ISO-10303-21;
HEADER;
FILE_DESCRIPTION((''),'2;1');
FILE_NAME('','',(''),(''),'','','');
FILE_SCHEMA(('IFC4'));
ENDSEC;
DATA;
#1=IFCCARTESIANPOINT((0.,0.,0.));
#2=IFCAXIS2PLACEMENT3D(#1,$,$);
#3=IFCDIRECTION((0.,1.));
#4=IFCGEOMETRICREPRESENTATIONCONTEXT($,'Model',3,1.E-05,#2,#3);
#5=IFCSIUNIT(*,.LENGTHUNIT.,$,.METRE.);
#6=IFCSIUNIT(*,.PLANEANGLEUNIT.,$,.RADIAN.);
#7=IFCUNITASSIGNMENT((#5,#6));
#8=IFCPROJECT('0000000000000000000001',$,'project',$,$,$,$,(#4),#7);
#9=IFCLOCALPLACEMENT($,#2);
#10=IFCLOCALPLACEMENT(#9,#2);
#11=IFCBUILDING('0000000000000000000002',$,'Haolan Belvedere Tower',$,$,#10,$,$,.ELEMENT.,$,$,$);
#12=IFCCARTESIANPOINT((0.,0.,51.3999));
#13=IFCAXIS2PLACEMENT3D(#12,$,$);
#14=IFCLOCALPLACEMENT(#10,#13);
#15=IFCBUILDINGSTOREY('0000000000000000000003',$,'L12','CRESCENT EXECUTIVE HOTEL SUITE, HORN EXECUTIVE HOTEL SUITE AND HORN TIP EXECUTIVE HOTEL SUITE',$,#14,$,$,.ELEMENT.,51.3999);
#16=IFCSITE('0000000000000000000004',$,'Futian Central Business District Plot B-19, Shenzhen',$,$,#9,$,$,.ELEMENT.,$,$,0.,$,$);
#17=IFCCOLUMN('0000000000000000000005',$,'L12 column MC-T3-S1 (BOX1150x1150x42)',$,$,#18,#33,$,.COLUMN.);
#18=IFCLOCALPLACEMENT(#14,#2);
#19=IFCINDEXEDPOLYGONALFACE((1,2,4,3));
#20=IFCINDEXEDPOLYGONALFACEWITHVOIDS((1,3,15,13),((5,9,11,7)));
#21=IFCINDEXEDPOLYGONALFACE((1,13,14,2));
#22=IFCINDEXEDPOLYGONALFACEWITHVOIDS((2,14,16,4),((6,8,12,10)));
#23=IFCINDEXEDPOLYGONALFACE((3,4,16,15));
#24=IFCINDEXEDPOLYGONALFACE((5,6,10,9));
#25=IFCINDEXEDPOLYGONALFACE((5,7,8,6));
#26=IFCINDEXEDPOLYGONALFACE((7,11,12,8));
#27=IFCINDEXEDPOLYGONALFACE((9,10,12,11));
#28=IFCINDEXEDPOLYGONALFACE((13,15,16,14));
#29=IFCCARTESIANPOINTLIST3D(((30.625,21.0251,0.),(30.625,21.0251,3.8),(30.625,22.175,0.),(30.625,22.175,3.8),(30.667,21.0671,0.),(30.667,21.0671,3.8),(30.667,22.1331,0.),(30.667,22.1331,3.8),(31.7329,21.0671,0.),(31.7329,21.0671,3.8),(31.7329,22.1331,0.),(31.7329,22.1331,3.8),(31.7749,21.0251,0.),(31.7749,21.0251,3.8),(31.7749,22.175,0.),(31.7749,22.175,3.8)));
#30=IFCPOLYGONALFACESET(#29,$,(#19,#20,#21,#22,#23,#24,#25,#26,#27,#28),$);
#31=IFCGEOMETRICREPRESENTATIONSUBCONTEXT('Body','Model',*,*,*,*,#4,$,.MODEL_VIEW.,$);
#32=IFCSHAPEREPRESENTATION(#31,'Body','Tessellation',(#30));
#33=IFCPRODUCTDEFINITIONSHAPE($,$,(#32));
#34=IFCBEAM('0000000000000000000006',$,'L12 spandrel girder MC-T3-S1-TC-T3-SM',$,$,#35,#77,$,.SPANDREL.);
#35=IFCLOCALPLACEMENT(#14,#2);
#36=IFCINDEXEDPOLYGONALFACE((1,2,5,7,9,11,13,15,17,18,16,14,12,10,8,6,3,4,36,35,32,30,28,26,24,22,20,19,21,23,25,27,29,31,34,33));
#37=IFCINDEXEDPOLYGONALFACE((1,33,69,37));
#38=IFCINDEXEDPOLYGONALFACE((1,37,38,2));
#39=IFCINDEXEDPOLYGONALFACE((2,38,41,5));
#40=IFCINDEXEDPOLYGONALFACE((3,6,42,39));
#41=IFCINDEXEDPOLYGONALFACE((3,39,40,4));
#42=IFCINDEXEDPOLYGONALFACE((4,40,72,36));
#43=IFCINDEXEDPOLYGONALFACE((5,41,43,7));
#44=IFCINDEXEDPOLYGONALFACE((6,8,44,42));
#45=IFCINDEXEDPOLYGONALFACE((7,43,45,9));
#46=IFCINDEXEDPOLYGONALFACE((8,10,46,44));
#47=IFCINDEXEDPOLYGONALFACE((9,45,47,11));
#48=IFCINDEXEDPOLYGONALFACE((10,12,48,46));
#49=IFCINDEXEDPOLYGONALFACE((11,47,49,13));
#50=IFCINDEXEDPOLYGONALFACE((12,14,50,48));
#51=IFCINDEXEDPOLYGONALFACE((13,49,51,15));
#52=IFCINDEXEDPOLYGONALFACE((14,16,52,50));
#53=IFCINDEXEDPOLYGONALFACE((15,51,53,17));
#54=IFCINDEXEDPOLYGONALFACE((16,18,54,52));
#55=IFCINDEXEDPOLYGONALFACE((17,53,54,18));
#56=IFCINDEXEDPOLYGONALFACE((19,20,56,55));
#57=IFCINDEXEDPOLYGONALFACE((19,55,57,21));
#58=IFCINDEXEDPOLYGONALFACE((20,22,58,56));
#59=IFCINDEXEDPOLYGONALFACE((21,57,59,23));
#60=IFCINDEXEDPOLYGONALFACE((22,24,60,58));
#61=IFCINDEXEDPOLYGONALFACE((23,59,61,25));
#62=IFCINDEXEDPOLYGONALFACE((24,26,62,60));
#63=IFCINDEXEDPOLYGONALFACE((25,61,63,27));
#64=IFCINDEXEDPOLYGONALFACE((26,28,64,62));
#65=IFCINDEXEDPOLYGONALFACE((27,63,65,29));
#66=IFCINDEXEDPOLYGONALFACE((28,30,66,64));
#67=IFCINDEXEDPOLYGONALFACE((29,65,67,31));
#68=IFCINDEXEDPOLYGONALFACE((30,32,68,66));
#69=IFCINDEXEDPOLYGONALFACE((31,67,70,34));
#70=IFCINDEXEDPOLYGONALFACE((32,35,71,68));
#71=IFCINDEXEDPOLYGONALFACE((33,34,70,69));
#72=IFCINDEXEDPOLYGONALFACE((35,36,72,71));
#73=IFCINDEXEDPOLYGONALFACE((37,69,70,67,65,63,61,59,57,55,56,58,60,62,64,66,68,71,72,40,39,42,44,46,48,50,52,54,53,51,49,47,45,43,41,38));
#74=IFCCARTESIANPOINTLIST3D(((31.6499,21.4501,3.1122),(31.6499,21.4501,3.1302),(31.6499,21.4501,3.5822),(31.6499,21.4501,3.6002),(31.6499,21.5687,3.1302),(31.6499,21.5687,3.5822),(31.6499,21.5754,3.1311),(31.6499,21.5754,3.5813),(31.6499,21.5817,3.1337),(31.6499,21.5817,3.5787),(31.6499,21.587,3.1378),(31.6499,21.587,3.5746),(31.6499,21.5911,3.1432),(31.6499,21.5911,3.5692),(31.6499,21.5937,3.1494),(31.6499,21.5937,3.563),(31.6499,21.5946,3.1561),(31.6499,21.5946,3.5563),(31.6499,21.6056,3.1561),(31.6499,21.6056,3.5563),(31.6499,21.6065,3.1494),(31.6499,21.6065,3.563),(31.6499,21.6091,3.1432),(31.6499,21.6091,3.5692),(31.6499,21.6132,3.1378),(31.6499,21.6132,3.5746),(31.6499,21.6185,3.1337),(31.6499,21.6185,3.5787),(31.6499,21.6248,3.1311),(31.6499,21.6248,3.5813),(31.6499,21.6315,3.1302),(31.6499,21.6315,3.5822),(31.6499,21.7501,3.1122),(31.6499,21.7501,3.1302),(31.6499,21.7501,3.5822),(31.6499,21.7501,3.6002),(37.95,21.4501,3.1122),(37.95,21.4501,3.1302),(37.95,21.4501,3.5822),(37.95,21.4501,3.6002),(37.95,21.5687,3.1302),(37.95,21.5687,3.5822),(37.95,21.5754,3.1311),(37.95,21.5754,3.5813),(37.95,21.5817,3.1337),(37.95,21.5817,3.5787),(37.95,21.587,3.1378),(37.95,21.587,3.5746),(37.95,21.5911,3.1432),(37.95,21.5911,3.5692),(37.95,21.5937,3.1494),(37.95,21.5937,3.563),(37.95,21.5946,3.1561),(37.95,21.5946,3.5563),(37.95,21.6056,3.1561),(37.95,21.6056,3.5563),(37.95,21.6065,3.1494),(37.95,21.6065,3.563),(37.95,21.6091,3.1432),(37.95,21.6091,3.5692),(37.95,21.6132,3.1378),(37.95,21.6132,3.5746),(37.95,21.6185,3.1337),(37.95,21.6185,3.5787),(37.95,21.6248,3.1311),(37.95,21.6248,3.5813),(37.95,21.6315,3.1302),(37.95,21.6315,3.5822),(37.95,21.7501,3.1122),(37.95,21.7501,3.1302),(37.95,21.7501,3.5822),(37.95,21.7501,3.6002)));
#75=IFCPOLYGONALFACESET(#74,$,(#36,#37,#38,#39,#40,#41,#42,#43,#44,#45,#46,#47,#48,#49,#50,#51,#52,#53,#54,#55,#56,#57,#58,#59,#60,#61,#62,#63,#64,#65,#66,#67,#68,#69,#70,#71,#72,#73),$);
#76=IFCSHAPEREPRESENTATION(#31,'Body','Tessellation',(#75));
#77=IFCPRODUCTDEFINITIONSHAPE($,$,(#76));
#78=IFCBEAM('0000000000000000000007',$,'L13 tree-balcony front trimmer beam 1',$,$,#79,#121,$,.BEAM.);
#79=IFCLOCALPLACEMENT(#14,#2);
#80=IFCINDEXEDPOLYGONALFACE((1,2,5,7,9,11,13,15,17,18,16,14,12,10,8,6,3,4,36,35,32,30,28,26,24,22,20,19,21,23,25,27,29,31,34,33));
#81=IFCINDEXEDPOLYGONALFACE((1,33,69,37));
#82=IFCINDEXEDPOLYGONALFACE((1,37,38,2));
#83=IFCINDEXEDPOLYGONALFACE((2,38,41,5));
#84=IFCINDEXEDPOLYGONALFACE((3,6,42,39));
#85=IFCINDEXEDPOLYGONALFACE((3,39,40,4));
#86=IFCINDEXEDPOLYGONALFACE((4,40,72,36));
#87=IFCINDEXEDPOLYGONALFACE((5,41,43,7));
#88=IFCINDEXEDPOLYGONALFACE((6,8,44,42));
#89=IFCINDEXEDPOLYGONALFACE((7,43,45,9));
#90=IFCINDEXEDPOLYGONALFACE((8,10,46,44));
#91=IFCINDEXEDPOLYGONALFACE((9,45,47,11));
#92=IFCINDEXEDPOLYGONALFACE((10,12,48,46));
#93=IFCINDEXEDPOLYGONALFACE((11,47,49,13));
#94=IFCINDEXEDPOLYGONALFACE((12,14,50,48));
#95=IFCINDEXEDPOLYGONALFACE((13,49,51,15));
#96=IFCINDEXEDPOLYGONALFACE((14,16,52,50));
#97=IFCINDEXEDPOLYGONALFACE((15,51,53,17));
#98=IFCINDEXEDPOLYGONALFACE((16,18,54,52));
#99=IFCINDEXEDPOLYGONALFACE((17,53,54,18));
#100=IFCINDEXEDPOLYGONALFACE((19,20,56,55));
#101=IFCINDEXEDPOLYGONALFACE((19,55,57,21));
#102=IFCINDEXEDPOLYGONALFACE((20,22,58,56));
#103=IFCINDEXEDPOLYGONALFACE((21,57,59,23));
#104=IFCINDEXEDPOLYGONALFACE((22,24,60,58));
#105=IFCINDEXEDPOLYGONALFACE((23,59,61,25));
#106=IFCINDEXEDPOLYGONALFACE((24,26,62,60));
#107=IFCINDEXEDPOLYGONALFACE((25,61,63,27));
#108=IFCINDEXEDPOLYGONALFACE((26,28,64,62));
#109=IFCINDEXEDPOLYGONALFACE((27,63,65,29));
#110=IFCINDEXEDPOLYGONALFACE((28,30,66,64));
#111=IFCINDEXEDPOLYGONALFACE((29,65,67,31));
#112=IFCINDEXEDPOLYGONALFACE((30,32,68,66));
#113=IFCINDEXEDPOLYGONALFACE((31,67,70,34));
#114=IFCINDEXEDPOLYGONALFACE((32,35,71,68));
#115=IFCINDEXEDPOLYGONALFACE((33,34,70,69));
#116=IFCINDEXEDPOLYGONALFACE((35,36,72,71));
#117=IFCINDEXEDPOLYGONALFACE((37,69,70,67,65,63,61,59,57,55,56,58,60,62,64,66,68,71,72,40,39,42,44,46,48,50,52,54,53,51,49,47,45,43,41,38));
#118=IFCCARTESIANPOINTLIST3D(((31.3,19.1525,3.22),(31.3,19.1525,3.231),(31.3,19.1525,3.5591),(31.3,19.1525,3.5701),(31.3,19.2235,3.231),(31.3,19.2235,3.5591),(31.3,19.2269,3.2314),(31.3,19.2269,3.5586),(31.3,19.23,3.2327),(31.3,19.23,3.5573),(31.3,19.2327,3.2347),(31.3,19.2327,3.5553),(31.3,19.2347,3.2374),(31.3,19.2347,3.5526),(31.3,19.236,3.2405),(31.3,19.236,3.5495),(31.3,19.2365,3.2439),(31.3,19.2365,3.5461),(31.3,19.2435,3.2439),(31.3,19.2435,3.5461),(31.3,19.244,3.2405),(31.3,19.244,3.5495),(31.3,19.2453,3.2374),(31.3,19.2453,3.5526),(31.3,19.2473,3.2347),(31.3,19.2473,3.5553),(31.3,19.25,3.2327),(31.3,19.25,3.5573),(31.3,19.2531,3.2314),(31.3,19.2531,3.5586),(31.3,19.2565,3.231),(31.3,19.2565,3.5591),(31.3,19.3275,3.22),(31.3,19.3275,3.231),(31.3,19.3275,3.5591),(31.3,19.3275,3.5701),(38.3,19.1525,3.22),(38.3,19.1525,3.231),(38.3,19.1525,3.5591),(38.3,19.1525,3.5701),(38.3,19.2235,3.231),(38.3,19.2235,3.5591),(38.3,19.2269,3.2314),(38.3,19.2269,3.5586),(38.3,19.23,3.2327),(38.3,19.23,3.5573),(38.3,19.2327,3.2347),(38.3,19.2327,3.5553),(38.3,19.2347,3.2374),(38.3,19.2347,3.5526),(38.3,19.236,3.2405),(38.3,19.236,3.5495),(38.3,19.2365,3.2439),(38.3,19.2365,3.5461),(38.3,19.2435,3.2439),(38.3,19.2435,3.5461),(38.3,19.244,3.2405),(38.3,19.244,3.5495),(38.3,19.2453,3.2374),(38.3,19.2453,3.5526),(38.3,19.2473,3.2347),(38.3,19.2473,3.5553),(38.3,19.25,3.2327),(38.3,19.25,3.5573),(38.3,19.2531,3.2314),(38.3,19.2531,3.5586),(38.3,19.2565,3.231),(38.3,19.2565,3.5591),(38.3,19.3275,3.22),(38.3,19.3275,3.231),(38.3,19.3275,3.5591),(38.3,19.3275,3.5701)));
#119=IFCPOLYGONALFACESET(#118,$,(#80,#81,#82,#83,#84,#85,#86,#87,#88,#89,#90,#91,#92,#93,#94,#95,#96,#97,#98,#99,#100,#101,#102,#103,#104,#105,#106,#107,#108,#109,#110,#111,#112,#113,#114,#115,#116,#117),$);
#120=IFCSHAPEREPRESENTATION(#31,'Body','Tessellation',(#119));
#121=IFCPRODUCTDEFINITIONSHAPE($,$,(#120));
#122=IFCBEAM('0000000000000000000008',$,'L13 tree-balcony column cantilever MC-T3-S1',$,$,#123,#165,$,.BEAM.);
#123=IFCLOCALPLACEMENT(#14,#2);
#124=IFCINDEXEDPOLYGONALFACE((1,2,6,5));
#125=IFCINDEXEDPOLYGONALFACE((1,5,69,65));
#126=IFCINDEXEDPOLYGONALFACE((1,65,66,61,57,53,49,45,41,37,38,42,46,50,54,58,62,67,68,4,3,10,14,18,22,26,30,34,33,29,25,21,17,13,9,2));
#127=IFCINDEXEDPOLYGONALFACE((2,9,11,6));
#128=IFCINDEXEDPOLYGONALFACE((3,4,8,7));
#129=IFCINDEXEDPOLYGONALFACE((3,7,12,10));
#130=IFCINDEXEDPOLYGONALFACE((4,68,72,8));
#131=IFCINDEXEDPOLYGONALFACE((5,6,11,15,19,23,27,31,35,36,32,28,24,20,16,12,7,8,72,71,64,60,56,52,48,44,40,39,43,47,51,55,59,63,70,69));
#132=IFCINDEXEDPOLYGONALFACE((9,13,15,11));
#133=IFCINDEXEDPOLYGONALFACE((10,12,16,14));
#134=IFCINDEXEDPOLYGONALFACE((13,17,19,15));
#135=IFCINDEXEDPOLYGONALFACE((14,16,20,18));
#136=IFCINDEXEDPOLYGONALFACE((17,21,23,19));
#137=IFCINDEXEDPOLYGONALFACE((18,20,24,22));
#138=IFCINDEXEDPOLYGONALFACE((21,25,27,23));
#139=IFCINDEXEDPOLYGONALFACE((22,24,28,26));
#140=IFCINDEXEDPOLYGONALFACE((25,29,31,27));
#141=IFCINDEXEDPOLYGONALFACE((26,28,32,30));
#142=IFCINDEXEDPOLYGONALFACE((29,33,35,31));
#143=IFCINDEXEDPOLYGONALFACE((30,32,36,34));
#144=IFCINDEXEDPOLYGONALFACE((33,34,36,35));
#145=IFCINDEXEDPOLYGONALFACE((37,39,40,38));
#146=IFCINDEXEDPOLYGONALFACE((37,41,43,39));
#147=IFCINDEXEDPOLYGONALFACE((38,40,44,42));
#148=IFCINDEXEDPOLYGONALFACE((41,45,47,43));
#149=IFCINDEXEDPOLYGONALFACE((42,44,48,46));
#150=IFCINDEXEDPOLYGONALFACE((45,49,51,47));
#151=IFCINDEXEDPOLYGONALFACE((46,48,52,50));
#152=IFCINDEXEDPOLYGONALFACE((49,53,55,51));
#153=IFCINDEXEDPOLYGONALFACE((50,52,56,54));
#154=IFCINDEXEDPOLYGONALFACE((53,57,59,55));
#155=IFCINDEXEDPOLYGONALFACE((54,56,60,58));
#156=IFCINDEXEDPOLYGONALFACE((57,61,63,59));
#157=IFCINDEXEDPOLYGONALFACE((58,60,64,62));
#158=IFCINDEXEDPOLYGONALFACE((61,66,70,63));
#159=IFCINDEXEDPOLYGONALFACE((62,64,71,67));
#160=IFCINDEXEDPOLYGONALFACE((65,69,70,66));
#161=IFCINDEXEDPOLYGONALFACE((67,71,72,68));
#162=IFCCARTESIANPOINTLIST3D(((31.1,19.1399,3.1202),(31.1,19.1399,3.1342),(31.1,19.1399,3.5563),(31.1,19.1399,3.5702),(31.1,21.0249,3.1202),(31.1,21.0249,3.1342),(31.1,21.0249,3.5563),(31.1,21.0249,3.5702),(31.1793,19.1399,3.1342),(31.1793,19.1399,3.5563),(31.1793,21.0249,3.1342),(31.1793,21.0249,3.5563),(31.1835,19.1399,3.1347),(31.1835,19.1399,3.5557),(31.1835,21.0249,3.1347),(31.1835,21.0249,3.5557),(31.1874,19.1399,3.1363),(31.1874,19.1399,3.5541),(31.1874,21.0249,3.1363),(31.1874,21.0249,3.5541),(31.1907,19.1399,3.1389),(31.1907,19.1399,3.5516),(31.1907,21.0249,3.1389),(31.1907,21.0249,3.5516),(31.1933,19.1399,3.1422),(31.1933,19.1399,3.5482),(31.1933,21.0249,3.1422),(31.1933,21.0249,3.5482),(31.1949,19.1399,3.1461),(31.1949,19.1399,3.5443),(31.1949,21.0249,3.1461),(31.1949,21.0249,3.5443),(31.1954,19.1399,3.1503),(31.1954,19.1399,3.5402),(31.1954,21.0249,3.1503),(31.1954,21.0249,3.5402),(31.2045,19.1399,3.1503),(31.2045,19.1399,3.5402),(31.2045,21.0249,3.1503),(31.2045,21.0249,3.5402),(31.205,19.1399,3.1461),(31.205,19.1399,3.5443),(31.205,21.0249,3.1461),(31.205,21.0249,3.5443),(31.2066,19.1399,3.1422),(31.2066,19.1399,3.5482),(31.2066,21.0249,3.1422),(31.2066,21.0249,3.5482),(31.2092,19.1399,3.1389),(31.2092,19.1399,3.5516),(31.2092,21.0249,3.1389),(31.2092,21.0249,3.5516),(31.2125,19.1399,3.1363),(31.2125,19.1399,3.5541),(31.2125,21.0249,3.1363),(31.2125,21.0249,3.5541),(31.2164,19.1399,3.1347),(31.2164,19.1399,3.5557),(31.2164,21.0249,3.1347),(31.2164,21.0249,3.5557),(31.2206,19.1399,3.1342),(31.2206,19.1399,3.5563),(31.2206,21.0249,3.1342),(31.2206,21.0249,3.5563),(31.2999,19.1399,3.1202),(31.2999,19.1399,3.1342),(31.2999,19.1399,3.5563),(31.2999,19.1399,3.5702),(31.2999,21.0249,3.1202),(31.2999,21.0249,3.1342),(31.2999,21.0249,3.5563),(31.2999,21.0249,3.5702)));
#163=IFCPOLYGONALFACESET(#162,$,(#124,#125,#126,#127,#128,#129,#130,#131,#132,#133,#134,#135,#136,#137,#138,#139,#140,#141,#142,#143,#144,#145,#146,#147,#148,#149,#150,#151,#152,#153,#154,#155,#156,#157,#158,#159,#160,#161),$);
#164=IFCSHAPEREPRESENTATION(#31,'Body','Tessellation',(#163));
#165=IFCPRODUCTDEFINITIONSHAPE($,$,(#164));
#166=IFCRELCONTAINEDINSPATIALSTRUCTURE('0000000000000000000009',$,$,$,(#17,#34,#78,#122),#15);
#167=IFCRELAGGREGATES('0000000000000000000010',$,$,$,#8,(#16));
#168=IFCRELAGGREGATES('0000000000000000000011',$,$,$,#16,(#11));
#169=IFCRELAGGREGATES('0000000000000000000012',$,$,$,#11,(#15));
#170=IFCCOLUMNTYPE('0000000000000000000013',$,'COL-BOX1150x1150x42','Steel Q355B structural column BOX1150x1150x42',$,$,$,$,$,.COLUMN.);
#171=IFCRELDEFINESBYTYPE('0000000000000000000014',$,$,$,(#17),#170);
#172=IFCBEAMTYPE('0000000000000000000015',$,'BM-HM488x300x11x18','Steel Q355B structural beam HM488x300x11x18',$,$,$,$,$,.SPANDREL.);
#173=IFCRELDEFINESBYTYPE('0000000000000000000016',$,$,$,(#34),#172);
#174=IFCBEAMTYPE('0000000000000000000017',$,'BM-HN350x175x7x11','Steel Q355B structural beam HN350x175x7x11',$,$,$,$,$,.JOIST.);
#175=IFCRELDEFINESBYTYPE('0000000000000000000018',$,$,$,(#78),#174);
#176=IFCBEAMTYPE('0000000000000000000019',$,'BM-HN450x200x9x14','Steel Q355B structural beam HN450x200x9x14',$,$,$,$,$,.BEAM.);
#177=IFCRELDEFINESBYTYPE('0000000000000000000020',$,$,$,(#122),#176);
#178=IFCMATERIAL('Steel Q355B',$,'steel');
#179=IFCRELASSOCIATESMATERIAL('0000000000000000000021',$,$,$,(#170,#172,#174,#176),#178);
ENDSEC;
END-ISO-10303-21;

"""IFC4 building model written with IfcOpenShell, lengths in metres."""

from ifc_helpers import new_model, si_unit, direction, frame, origin, origin_2d, place, context, subcontext, project, spatial, hollow_rectangle, i_section, extrude, material, material_profile, profile_set, type_object, element, save


model = new_model("IFC4")

# Units and contexts
model_context = context("Model", 3, precision=1e-05, world=origin(), true_north=direction((0.0, 1.0)))
body_context = subcontext(model_context, "Body", "Model", "MODEL_VIEW")
ifc_project = project(units=[si_unit("LENGTHUNIT", "METRE"), si_unit("PLANEANGLEUNIT", "RADIAN")], contexts=[model_context])

# Site, building, storey
site_placement = place(None, origin())
site = spatial("IfcSite", under=ifc_project, at=site_placement, Name="Futian Central Business District Plot B-19, Shenzhen", CompositionType="ELEMENT", RefElevation=0.0)
building_placement = place(site_placement, origin())
building = spatial("IfcBuilding", under=site, at=building_placement, Name="Haolan Belvedere Tower", CompositionType="ELEMENT")
storey_placement = place(building_placement, frame((0.0, 0.0, 51.3999)))
storey = spatial("IfcBuildingStorey", under=building, at=storey_placement, Name="L12", Description="CRESCENT EXECUTIVE HOTEL SUITE, HORN EXECUTIVE HOTEL SUITE AND HORN TIP EXECUTIVE HOTEL SUITE", CompositionType="ELEMENT", Elevation=51.3999)

# Column
ifc_material_1 = material(Name="Steel Q355B", Category="steel")
ifc_material_profile_1 = material_profile(ifc_material_1, hollow_rectangle(XDim=1.1499, YDim=1.1499, WallThickness=0.042, at=origin_2d()), Name="Steel Q355B")
ifc_profile_set_1 = profile_set([ifc_material_profile_1], Name="Steel Q355B")
column_type = type_object("IfcColumnType", Name="COL-BOX1150x1150x42", Description="Steel Q355B structural column BOX1150x1150x42", PredefinedType="COLUMN", material=ifc_profile_set_1)
column_placement = place(storey_placement, frame((31.2, 21.6001, 0.0), z_axis=(0.0, 0.0, 1.0), x_axis=(1.0, 0.0, 0.0)))
element("IfcColumn", 1, at=column_placement, inside=storey, type_object=column_type, Name="L12 column MC-T3-S1 (BOX1150x1150x42)", PredefinedType="COLUMN", context=body_context, shape_type="SweptSolid", body=[
    extrude(hollow_rectangle(XDim=1.1499, YDim=1.1499, WallThickness=0.042, at=origin_2d()), origin(), (0.0, 0.0, 1.0), 3.8),
])

# Beams
ifc_material_profile_2 = material_profile(ifc_material_1, i_section(OverallWidth=0.3, OverallDepth=0.488, WebThickness=0.011, FlangeThickness=0.0181, FilletRadius=0.0259, at=origin_2d()), Name="Steel Q355B")
ifc_profile_set_2 = profile_set([ifc_material_profile_2], Name="Steel Q355B")
beam_type_1 = type_object("IfcBeamType", Name="BM-HM488x300x11x18", Description="Steel Q355B structural beam HM488x300x11x18", PredefinedType="SPANDREL", material=ifc_profile_set_2)
beam_1_placement = place(storey_placement, frame((31.6499, 21.6001, 3.3562), z_axis=(1.0, 0.0, 0.0), x_axis=(0.0, 1.0, 0.0)))
element("IfcBeam", 2, at=beam_1_placement, inside=storey, type_object=beam_type_1, Name="L12 spandrel girder MC-T3-S1-TC-T3-SM", PredefinedType="SPANDREL", context=body_context, shape_type="SweptSolid", body=[
    extrude(i_section(OverallWidth=0.3, OverallDepth=0.488, WebThickness=0.011, FlangeThickness=0.0181, FilletRadius=0.0259, at=origin_2d()), origin(), (0.0, 0.0, 1.0), 6.3),
])
ifc_material_profile_3 = material_profile(ifc_material_1, i_section(OverallWidth=0.175, OverallDepth=0.3501, WebThickness=0.0071, FlangeThickness=0.011, FilletRadius=0.0129, at=origin_2d()), Name="Steel Q355B")
ifc_profile_set_3 = profile_set([ifc_material_profile_3], Name="Steel Q355B")
beam_type_2 = type_object("IfcBeamType", Name="BM-HN350x175x7x11", Description="Steel Q355B structural beam HN350x175x7x11", PredefinedType="JOIST", material=ifc_profile_set_3)
beam_2_placement = place(storey_placement, frame((31.3, 19.24, 3.395), z_axis=(1.0, 0.0, 0.0), x_axis=(0.0, 1.0, 0.0)))
element("IfcBeam", 3, at=beam_2_placement, inside=storey, type_object=beam_type_2, Name="L13 tree-balcony front trimmer beam 1", PredefinedType="BEAM", context=body_context, shape_type="SweptSolid", body=[
    extrude(i_section(OverallWidth=0.175, OverallDepth=0.3501, WebThickness=0.0071, FlangeThickness=0.011, FilletRadius=0.0129, at=origin_2d()), origin(), (0.0, 0.0, 1.0), 7.0),
])
ifc_material_profile_4 = material_profile(ifc_material_1, i_section(OverallWidth=0.2, OverallDepth=0.45, WebThickness=0.009, FlangeThickness=0.0139, FilletRadius=0.0161, at=origin_2d()), Name="Steel Q355B")
ifc_profile_set_4 = profile_set([ifc_material_profile_4], Name="Steel Q355B")
beam_type_3 = type_object("IfcBeamType", Name="BM-HN450x200x9x14", Description="Steel Q355B structural beam HN450x200x9x14", PredefinedType="BEAM", material=ifc_profile_set_4)
beam_3_placement = place(storey_placement, frame((31.2, 21.0249, 3.3452), z_axis=(0.0, -1.0, 0.0), x_axis=(1.0, 0.0, 0.0)))
element("IfcBeam", 4, at=beam_3_placement, inside=storey, type_object=beam_type_3, Name="L13 tree-balcony column cantilever MC-T3-S1", PredefinedType="BEAM", context=body_context, shape_type="SweptSolid", body=[
    extrude(i_section(OverallWidth=0.2, OverallDepth=0.45, WebThickness=0.009, FlangeThickness=0.0139, FilletRadius=0.0161, at=origin_2d()), origin(), (0.0, 0.0, 1.0), 1.885),
])

save(model, "model.ifc")
